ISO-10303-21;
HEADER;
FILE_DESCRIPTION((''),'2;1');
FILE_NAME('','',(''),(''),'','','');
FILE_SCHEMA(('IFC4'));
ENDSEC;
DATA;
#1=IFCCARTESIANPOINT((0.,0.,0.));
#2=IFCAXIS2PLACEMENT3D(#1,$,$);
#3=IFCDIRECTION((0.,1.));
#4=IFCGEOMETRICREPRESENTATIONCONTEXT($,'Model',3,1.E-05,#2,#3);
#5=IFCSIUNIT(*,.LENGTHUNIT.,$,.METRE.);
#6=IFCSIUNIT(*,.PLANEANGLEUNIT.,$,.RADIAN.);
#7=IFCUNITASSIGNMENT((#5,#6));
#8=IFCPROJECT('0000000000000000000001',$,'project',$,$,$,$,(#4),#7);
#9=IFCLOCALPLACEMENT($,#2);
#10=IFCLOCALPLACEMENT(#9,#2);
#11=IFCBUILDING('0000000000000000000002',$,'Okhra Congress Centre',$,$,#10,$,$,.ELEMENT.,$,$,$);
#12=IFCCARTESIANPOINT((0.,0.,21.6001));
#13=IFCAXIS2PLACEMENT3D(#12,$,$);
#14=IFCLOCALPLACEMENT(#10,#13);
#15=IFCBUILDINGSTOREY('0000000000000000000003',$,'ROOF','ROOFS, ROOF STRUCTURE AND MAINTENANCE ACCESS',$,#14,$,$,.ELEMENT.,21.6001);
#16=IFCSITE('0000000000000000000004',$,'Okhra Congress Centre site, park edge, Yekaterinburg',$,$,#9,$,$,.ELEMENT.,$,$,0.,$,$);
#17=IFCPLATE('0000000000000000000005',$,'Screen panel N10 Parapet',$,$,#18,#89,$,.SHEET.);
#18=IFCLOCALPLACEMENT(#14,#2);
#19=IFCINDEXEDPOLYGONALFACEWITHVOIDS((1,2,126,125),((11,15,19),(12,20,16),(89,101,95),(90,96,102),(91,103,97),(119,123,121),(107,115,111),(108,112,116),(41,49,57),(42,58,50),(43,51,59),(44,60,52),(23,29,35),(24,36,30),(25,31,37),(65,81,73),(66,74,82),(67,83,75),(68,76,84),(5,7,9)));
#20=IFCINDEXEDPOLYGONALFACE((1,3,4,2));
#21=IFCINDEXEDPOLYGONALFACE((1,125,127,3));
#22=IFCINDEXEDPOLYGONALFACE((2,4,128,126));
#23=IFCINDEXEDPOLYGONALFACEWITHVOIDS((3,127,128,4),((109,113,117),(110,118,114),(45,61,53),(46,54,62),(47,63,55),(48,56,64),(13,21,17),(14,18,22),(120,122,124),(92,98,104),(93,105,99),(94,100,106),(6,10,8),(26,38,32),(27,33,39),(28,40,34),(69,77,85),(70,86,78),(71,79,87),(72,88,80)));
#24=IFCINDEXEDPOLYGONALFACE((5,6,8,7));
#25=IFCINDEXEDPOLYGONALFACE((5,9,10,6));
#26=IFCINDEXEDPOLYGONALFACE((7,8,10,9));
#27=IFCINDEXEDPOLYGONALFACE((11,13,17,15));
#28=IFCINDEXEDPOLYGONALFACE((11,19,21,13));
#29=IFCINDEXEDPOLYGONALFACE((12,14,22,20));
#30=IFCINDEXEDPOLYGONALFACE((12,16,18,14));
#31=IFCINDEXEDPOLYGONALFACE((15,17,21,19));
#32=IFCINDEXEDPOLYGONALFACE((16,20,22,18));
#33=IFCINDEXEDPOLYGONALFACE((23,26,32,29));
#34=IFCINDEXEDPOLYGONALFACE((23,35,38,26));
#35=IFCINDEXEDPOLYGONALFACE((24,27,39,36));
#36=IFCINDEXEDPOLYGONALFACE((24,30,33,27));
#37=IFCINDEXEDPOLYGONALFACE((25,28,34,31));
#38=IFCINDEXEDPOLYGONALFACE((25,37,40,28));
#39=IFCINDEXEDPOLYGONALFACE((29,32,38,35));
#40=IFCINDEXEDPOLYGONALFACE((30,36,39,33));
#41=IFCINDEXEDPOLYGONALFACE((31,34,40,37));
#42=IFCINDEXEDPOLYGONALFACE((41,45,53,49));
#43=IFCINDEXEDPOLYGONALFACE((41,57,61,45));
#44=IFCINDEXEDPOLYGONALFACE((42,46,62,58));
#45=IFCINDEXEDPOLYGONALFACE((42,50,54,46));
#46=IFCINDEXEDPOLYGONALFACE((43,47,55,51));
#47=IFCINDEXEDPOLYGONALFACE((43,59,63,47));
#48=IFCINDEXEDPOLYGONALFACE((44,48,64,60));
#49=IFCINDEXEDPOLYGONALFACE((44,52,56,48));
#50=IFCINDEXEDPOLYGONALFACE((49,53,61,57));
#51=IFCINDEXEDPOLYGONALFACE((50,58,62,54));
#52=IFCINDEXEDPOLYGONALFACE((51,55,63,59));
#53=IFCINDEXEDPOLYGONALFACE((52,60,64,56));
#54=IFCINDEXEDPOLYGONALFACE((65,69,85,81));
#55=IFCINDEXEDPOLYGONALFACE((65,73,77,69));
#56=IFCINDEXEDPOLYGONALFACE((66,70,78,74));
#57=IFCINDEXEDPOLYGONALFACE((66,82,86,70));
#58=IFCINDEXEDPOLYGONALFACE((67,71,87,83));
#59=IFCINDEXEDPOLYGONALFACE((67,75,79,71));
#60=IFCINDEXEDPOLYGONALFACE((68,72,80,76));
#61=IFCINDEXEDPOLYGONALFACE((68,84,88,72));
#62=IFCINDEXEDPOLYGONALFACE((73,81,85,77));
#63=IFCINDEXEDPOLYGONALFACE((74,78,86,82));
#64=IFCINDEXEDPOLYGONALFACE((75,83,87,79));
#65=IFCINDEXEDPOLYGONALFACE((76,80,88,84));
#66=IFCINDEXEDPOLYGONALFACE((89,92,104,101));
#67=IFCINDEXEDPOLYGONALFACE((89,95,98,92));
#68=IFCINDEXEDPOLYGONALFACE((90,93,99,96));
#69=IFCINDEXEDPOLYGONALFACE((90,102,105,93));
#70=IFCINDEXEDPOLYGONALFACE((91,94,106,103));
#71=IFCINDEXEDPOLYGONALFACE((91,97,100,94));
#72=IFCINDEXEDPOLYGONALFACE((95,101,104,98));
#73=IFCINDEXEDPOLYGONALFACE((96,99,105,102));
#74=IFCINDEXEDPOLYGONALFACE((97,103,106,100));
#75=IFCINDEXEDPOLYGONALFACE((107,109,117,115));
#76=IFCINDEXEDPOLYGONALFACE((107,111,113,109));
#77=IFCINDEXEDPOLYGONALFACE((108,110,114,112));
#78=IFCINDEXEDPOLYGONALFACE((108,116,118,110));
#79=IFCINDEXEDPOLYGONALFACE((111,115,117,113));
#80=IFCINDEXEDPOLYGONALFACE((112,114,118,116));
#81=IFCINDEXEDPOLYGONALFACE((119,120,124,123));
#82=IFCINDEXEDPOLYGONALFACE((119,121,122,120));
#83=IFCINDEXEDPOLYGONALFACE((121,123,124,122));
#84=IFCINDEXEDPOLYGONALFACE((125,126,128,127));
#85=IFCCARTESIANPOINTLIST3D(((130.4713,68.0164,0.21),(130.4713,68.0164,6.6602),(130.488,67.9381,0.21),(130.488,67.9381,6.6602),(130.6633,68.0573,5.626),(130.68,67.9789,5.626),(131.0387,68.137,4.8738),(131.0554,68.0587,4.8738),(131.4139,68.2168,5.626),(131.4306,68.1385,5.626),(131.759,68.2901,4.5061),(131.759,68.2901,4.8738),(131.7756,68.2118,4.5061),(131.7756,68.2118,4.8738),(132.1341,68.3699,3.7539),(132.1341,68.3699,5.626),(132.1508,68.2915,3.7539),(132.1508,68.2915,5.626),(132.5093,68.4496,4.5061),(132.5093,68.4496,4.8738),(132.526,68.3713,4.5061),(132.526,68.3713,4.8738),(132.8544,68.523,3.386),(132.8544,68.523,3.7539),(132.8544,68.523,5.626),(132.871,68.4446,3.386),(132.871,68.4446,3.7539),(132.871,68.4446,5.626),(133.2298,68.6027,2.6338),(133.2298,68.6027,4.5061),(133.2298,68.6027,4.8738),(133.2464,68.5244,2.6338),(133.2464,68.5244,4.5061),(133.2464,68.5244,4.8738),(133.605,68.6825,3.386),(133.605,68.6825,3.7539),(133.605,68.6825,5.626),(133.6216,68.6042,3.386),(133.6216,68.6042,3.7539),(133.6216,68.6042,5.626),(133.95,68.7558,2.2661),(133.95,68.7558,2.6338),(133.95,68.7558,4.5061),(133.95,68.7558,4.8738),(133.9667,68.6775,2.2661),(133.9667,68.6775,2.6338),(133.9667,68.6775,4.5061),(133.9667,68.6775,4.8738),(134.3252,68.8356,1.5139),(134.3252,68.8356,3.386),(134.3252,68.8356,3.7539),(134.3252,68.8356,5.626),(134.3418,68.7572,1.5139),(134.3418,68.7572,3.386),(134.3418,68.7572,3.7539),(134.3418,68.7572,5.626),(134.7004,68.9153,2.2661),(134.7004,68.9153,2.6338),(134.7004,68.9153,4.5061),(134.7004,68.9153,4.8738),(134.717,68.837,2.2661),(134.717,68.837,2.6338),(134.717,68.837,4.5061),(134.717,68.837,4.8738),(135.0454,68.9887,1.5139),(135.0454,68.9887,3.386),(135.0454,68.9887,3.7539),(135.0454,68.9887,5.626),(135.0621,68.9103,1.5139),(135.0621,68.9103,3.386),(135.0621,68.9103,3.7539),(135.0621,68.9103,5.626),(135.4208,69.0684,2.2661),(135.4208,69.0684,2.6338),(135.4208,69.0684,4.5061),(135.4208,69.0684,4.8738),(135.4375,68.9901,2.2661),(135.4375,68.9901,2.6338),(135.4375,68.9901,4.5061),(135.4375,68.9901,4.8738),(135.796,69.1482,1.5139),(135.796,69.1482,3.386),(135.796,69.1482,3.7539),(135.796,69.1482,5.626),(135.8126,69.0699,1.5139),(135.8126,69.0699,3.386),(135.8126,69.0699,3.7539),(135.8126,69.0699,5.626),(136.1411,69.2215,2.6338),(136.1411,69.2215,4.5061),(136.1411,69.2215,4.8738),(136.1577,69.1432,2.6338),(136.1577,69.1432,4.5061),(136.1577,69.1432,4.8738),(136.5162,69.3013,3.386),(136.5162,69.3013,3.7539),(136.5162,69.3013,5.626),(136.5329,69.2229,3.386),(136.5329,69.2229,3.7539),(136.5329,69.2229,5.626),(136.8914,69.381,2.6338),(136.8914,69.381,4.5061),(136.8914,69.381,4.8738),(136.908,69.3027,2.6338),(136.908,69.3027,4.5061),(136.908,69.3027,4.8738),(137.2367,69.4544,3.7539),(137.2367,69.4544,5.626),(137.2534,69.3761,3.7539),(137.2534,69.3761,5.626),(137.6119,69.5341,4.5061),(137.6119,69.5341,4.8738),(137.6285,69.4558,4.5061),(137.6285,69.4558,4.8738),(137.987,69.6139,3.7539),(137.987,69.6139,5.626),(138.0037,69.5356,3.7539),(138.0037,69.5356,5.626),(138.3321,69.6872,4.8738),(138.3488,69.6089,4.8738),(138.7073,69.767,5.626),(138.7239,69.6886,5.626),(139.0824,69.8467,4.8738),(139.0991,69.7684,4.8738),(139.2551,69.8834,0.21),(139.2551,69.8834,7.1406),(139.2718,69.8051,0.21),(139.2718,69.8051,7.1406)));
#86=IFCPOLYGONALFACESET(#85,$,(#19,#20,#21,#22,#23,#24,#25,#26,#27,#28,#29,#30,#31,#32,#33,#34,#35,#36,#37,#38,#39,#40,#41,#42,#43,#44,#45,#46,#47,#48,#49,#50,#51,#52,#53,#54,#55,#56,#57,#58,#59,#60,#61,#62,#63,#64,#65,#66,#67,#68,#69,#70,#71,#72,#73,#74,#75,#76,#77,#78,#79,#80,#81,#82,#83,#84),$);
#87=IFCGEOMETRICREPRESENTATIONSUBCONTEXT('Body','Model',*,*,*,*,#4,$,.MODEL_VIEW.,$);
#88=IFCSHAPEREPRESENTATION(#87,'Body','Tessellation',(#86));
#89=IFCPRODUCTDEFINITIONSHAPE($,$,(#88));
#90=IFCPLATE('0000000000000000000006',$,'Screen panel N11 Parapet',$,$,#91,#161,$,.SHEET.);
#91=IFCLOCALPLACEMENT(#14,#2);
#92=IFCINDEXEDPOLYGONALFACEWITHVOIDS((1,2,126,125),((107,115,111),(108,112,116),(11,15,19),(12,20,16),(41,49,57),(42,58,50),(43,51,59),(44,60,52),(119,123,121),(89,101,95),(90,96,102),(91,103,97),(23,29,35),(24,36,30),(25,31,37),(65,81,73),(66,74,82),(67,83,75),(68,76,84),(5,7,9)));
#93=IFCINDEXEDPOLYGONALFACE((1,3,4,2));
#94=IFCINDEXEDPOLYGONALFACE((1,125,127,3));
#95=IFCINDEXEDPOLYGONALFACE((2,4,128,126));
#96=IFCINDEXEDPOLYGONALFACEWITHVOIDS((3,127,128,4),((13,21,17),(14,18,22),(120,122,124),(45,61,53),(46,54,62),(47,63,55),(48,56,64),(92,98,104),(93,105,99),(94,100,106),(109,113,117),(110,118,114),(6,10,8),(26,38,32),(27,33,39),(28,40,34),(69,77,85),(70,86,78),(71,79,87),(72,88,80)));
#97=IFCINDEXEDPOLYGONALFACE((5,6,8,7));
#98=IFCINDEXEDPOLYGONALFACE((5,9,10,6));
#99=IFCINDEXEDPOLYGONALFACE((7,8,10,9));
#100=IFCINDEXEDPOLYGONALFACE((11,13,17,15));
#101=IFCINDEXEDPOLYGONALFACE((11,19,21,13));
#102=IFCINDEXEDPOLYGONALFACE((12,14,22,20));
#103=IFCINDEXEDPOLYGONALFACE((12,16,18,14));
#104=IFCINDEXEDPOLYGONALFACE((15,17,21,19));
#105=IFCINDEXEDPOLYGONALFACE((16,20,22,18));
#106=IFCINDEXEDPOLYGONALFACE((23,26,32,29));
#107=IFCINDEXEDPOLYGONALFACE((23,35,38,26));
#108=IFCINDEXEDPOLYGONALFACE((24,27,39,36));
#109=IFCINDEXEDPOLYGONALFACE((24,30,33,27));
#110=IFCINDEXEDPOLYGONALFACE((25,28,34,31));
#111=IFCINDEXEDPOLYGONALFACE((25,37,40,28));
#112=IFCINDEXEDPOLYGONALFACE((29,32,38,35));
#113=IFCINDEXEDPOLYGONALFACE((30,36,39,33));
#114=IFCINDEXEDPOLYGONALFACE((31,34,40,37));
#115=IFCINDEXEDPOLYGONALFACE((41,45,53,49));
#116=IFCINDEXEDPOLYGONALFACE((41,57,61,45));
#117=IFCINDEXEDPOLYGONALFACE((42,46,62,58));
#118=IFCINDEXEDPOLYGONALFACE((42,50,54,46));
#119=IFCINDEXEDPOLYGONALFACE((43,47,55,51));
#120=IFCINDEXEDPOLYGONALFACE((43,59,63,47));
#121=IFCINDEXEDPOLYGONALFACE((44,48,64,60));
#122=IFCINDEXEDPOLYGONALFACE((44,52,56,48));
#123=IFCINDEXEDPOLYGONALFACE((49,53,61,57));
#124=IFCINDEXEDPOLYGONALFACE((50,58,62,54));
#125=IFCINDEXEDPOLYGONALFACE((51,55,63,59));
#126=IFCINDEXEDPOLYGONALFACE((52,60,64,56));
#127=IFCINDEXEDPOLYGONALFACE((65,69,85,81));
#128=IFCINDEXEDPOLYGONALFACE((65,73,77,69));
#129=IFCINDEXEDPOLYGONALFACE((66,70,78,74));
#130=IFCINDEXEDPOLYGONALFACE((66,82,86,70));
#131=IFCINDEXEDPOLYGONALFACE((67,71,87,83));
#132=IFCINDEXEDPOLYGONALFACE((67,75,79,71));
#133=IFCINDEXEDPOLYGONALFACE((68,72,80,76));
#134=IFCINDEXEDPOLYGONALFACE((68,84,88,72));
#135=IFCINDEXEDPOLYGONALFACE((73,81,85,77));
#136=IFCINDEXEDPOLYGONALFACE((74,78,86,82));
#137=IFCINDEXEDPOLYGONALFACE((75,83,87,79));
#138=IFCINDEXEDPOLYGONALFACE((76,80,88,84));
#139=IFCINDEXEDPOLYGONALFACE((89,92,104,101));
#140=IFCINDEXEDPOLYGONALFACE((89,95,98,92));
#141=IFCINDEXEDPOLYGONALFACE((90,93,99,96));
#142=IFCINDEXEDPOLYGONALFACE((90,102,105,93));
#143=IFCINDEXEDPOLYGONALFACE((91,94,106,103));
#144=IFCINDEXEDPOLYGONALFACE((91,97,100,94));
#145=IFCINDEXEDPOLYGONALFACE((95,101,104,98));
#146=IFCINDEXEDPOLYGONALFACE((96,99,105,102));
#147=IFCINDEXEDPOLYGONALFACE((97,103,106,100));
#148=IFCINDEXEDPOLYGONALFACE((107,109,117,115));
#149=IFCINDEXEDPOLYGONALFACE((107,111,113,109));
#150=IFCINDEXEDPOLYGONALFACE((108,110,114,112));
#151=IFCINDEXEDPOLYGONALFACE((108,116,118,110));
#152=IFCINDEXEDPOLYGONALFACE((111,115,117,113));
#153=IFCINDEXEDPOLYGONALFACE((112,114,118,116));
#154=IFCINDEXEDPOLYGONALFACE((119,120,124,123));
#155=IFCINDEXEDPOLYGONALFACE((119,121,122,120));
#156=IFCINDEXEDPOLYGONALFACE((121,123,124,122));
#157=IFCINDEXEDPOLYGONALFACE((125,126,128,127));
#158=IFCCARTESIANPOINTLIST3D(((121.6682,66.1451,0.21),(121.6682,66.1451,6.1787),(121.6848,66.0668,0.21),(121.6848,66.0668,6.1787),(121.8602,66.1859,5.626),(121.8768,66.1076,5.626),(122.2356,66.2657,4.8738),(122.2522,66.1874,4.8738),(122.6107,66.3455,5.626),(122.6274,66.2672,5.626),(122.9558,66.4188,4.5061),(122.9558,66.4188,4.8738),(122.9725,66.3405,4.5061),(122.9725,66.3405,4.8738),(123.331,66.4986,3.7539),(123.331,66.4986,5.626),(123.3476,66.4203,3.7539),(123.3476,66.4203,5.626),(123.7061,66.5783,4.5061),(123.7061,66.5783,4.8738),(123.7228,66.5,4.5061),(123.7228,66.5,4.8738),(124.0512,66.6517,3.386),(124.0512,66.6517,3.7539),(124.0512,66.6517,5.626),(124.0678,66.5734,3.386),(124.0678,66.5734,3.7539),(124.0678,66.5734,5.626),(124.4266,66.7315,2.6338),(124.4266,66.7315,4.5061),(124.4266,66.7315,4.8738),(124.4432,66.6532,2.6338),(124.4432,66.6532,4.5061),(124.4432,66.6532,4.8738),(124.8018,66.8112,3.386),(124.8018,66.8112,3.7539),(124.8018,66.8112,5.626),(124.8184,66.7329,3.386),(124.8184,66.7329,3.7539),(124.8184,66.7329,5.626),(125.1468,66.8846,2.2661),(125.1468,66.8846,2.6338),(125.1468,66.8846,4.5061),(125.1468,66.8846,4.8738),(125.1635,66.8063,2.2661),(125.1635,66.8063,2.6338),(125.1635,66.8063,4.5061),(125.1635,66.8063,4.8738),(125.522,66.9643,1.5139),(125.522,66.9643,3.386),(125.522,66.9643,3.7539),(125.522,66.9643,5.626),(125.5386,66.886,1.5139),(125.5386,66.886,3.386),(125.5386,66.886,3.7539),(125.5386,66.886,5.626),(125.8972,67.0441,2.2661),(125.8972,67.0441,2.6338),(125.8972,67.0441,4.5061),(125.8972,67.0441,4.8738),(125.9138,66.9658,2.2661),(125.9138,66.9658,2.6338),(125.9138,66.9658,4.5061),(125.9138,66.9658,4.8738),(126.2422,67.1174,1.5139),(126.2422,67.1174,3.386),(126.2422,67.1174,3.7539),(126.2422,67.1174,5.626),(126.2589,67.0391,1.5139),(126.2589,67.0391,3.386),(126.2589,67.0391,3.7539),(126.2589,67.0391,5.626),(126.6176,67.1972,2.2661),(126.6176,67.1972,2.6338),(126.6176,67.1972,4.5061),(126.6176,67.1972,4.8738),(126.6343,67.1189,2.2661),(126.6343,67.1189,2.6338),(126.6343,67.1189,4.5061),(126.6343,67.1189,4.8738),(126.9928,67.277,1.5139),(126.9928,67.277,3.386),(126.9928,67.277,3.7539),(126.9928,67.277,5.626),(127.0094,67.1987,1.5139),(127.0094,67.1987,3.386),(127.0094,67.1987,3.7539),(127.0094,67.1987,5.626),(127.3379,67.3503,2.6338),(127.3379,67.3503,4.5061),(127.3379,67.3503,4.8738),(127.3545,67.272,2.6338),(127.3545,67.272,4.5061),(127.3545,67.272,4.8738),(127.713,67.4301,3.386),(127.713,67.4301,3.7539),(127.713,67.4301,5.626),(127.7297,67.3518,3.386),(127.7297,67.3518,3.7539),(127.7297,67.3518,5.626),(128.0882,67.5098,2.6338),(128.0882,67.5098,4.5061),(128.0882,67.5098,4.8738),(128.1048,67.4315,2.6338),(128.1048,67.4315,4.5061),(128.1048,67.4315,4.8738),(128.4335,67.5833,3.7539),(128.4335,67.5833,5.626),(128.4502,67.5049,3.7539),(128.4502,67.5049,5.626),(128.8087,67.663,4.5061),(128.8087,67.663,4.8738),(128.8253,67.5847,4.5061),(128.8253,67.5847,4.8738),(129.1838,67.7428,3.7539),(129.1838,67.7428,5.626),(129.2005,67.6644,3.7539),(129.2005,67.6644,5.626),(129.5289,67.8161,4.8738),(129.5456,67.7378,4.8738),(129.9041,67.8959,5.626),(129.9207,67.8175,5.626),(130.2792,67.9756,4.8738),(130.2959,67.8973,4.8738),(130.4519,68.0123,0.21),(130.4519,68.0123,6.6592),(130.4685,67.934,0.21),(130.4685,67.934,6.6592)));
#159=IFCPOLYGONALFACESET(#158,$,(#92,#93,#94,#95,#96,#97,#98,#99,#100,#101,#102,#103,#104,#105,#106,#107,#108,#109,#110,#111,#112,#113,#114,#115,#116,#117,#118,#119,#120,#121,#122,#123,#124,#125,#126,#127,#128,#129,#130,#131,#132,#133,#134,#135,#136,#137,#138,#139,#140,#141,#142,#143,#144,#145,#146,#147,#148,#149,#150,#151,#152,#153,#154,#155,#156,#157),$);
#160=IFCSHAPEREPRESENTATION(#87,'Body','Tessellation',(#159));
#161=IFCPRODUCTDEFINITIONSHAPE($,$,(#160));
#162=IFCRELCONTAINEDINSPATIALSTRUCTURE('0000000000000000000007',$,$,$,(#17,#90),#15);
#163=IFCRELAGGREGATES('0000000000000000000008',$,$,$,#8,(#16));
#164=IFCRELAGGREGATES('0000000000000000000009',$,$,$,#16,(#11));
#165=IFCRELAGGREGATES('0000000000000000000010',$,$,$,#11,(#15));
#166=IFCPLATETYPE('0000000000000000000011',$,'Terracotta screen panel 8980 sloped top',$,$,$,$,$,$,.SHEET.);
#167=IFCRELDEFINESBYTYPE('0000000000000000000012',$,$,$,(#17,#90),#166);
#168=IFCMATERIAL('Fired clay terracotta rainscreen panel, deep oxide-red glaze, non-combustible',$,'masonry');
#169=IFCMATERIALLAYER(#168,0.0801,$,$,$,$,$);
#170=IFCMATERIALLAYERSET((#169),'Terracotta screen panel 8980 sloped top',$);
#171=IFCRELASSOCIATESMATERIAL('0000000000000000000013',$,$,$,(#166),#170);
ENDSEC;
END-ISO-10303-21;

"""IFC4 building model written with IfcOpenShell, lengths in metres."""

from ifc_helpers import new_model, si_unit, direction, frame, origin, place, context, subcontext, project, spatial, polyline, outline, extrude, material, layer, layer_set, type_object, element, save


model = new_model("IFC4")

# Units and contexts
model_context = context("Model", 3, precision=1e-05, world=origin(), true_north=direction((0.0, 1.0)))
body_context = subcontext(model_context, "Body", "Model", "MODEL_VIEW")
ifc_project = project(units=[si_unit("LENGTHUNIT", "METRE"), si_unit("PLANEANGLEUNIT", "RADIAN")], contexts=[model_context])

# Site, building, storey
site_placement = place(None, origin())
site = spatial("IfcSite", under=ifc_project, at=site_placement, Name="Okhra Congress Centre site, park edge, Yekaterinburg", CompositionType="ELEMENT", RefElevation=0.0)
building_placement = place(site_placement, origin())
building = spatial("IfcBuilding", under=site, at=building_placement, Name="Okhra Congress Centre", CompositionType="ELEMENT")
storey_placement = place(building_placement, frame((0.0, 0.0, 21.6001)))
storey = spatial("IfcBuildingStorey", under=building, at=storey_placement, Name="ROOF", Description="ROOFS, ROOF STRUCTURE AND MAINTENANCE ACCESS", CompositionType="ELEMENT", Elevation=21.6001)

# Plates
ifc_material_1 = material(Name="Fired clay terracotta rainscreen panel, deep oxide-red glaze, non-combustible", Category="masonry")
ifc_layer_1 = layer(ifc_material_1, 0.0801)
ifc_layer_set_1 = layer_set([ifc_layer_1], Name="Terracotta screen panel 8980 sloped top")
plate_type = type_object("IfcPlateType", Name="Terracotta screen panel 8980 sloped top", PredefinedType="SHEET", material=ifc_layer_set_1)
plate_1_placement = place(storey_placement, frame((139.2634, 69.8442, 0.21), z_axis=(0.0, 0.0, 1.0), x_axis=(-0.97815, -0.207902, 0.0)))
element("IfcPlate", 1, at=plate_1_placement, inside=storey, type_object=plate_type, Name="Screen panel N10 Parapet", PredefinedType="SHEET", context=body_context, shape_type="SweptSolid", body=[
    extrude(outline(polyline([(0.0, 0.0), (8.98, 0.0), (8.98, 6.4502), (0.0, 6.9307), (0.0, 0.0)]), holes=[polyline([(3.5364, 1.304), (4.3037, 1.304), (3.9199, 2.0562), (3.5364, 1.304)]), polyline([(4.6565, 2.0562), (5.04, 1.304), (5.4236, 2.0562), (4.6565, 2.0562)]), polyline([(2.4165, 2.4238), (3.1836, 2.4238), (2.8, 3.176), (2.4165, 2.4238)]), polyline([(3.5364, 3.176), (3.9199, 2.4238), (4.3037, 3.176), (3.5364, 3.176)]), polyline([(4.6565, 2.4238), (5.4236, 2.4238), (5.04, 3.176), (4.6565, 2.4238)]), polyline([(5.7764, 3.176), (6.1599, 2.4238), (6.5437, 3.176), (5.7764, 3.176)]), polyline([(1.2964, 3.5439), (2.0635, 3.5439), (1.6799, 4.2961), (1.2964, 3.5439)]), polyline([(2.4165, 4.2961), (2.8, 3.5439), (3.1836, 4.2961), (2.4165, 4.2961)]), polyline([(3.5364, 3.5439), (4.3037, 3.5439), (3.9199, 4.2961), (3.5364, 3.5439)]), polyline([(4.6565, 4.2961), (5.04, 3.5439), (5.4236, 4.2961), (4.6565, 4.2961)]), polyline([(5.7764, 3.5439), (6.5437, 3.5439), (6.1599, 4.2961), (5.7764, 3.5439)]), polyline([(6.8965, 4.2961), (7.28, 3.5439), (7.6636, 4.2961), (6.8965, 4.2961)]), polyline([(0.1765, 4.6638), (0.9436, 4.6638), (0.5601, 5.416), (0.1765, 4.6638)]), polyline([(1.2964, 5.416), (1.6799, 4.6638), (2.0635, 5.416), (1.2964, 5.416)]), polyline([(2.4165, 4.6638), (3.1836, 4.6638), (2.8, 5.416), (2.4165, 4.6638)]), polyline([(3.5364, 5.416), (3.9199, 4.6638), (4.3037, 5.416), (3.5364, 5.416)]), polyline([(4.6565, 4.6638), (5.4236, 4.6638), (5.04, 5.416), (4.6565, 4.6638)]), polyline([(5.7764, 5.416), (6.1599, 4.6638), (6.5437, 5.416), (5.7764, 5.416)]), polyline([(6.8965, 4.6638), (7.6636, 4.6638), (7.28, 5.416), (6.8965, 4.6638)]), polyline([(8.0164, 5.416), (8.3999, 4.6638), (8.7837, 5.416), (8.0164, 5.416)])]), frame((0.0, 0.04, 0.0), z_axis=(0.0, -1.0, 0.0), x_axis=(1.0, 0.0, 0.0)), (0.0, 0.0, 1.0), 0.0801),
])
plate_2_placement = place(storey_placement, frame((130.4602, 67.9731, 0.21), z_axis=(0.0, 0.0, 1.0), x_axis=(-0.978144, -0.207928, 0.0)))
element("IfcPlate", 2, at=plate_2_placement, inside=storey, type_object=plate_type, Name="Screen panel N11 Parapet", PredefinedType="SHEET", context=body_context, shape_type="SweptSolid", body=[
    extrude(outline(polyline([(0.0, 0.0), (8.98, 0.0), (8.98, 5.9688), (0.0, 6.4492), (0.0, 0.0)]), holes=[polyline([(3.5364, 1.304), (4.3037, 1.304), (3.9199, 2.0562), (3.5364, 1.304)]), polyline([(4.6565, 2.0562), (5.04, 1.304), (5.4236, 2.0562), (4.6565, 2.0562)]), polyline([(2.4165, 2.4238), (3.1836, 2.4238), (2.8, 3.176), (2.4165, 2.4238)]), polyline([(3.5364, 3.176), (3.9199, 2.4238), (4.3037, 3.176), (3.5364, 3.176)]), polyline([(4.6565, 2.4238), (5.4236, 2.4238), (5.04, 3.176), (4.6565, 2.4238)]), polyline([(5.7764, 3.176), (6.1599, 2.4238), (6.5437, 3.176), (5.7764, 3.176)]), polyline([(1.2964, 3.5439), (2.0635, 3.5439), (1.6799, 4.2961), (1.2964, 3.5439)]), polyline([(2.4165, 4.2961), (2.8, 3.5439), (3.1836, 4.2961), (2.4165, 4.2961)]), polyline([(3.5364, 3.5439), (4.3037, 3.5439), (3.9199, 4.2961), (3.5364, 3.5439)]), polyline([(4.6565, 4.2961), (5.04, 3.5439), (5.4236, 4.2961), (4.6565, 4.2961)]), polyline([(5.7764, 3.5439), (6.5437, 3.5439), (6.1599, 4.2961), (5.7764, 3.5439)]), polyline([(6.8965, 4.2961), (7.28, 3.5439), (7.6636, 4.2961), (6.8965, 4.2961)]), polyline([(0.1765, 4.6638), (0.9436, 4.6638), (0.5601, 5.416), (0.1765, 4.6638)]), polyline([(1.2964, 5.416), (1.6799, 4.6638), (2.0635, 5.416), (1.2964, 5.416)]), polyline([(2.4165, 4.6638), (3.1836, 4.6638), (2.8, 5.416), (2.4165, 4.6638)]), polyline([(3.5364, 5.416), (3.9199, 4.6638), (4.3037, 5.416), (3.5364, 5.416)]), polyline([(4.6565, 4.6638), (5.4236, 4.6638), (5.04, 5.416), (4.6565, 4.6638)]), polyline([(5.7764, 5.416), (6.1599, 4.6638), (6.5437, 5.416), (5.7764, 5.416)]), polyline([(6.8965, 4.6638), (7.6636, 4.6638), (7.28, 5.416), (6.8965, 4.6638)]), polyline([(8.0164, 5.416), (8.3999, 4.6638), (8.7837, 5.416), (8.0164, 5.416)])]), frame((0.0, 0.04, 0.0), z_axis=(0.0, -1.0, 0.0), x_axis=(1.0, 0.0, 0.0)), (0.0, 0.0, 1.0), 0.0801),
])

save(model, "model.ifc")
